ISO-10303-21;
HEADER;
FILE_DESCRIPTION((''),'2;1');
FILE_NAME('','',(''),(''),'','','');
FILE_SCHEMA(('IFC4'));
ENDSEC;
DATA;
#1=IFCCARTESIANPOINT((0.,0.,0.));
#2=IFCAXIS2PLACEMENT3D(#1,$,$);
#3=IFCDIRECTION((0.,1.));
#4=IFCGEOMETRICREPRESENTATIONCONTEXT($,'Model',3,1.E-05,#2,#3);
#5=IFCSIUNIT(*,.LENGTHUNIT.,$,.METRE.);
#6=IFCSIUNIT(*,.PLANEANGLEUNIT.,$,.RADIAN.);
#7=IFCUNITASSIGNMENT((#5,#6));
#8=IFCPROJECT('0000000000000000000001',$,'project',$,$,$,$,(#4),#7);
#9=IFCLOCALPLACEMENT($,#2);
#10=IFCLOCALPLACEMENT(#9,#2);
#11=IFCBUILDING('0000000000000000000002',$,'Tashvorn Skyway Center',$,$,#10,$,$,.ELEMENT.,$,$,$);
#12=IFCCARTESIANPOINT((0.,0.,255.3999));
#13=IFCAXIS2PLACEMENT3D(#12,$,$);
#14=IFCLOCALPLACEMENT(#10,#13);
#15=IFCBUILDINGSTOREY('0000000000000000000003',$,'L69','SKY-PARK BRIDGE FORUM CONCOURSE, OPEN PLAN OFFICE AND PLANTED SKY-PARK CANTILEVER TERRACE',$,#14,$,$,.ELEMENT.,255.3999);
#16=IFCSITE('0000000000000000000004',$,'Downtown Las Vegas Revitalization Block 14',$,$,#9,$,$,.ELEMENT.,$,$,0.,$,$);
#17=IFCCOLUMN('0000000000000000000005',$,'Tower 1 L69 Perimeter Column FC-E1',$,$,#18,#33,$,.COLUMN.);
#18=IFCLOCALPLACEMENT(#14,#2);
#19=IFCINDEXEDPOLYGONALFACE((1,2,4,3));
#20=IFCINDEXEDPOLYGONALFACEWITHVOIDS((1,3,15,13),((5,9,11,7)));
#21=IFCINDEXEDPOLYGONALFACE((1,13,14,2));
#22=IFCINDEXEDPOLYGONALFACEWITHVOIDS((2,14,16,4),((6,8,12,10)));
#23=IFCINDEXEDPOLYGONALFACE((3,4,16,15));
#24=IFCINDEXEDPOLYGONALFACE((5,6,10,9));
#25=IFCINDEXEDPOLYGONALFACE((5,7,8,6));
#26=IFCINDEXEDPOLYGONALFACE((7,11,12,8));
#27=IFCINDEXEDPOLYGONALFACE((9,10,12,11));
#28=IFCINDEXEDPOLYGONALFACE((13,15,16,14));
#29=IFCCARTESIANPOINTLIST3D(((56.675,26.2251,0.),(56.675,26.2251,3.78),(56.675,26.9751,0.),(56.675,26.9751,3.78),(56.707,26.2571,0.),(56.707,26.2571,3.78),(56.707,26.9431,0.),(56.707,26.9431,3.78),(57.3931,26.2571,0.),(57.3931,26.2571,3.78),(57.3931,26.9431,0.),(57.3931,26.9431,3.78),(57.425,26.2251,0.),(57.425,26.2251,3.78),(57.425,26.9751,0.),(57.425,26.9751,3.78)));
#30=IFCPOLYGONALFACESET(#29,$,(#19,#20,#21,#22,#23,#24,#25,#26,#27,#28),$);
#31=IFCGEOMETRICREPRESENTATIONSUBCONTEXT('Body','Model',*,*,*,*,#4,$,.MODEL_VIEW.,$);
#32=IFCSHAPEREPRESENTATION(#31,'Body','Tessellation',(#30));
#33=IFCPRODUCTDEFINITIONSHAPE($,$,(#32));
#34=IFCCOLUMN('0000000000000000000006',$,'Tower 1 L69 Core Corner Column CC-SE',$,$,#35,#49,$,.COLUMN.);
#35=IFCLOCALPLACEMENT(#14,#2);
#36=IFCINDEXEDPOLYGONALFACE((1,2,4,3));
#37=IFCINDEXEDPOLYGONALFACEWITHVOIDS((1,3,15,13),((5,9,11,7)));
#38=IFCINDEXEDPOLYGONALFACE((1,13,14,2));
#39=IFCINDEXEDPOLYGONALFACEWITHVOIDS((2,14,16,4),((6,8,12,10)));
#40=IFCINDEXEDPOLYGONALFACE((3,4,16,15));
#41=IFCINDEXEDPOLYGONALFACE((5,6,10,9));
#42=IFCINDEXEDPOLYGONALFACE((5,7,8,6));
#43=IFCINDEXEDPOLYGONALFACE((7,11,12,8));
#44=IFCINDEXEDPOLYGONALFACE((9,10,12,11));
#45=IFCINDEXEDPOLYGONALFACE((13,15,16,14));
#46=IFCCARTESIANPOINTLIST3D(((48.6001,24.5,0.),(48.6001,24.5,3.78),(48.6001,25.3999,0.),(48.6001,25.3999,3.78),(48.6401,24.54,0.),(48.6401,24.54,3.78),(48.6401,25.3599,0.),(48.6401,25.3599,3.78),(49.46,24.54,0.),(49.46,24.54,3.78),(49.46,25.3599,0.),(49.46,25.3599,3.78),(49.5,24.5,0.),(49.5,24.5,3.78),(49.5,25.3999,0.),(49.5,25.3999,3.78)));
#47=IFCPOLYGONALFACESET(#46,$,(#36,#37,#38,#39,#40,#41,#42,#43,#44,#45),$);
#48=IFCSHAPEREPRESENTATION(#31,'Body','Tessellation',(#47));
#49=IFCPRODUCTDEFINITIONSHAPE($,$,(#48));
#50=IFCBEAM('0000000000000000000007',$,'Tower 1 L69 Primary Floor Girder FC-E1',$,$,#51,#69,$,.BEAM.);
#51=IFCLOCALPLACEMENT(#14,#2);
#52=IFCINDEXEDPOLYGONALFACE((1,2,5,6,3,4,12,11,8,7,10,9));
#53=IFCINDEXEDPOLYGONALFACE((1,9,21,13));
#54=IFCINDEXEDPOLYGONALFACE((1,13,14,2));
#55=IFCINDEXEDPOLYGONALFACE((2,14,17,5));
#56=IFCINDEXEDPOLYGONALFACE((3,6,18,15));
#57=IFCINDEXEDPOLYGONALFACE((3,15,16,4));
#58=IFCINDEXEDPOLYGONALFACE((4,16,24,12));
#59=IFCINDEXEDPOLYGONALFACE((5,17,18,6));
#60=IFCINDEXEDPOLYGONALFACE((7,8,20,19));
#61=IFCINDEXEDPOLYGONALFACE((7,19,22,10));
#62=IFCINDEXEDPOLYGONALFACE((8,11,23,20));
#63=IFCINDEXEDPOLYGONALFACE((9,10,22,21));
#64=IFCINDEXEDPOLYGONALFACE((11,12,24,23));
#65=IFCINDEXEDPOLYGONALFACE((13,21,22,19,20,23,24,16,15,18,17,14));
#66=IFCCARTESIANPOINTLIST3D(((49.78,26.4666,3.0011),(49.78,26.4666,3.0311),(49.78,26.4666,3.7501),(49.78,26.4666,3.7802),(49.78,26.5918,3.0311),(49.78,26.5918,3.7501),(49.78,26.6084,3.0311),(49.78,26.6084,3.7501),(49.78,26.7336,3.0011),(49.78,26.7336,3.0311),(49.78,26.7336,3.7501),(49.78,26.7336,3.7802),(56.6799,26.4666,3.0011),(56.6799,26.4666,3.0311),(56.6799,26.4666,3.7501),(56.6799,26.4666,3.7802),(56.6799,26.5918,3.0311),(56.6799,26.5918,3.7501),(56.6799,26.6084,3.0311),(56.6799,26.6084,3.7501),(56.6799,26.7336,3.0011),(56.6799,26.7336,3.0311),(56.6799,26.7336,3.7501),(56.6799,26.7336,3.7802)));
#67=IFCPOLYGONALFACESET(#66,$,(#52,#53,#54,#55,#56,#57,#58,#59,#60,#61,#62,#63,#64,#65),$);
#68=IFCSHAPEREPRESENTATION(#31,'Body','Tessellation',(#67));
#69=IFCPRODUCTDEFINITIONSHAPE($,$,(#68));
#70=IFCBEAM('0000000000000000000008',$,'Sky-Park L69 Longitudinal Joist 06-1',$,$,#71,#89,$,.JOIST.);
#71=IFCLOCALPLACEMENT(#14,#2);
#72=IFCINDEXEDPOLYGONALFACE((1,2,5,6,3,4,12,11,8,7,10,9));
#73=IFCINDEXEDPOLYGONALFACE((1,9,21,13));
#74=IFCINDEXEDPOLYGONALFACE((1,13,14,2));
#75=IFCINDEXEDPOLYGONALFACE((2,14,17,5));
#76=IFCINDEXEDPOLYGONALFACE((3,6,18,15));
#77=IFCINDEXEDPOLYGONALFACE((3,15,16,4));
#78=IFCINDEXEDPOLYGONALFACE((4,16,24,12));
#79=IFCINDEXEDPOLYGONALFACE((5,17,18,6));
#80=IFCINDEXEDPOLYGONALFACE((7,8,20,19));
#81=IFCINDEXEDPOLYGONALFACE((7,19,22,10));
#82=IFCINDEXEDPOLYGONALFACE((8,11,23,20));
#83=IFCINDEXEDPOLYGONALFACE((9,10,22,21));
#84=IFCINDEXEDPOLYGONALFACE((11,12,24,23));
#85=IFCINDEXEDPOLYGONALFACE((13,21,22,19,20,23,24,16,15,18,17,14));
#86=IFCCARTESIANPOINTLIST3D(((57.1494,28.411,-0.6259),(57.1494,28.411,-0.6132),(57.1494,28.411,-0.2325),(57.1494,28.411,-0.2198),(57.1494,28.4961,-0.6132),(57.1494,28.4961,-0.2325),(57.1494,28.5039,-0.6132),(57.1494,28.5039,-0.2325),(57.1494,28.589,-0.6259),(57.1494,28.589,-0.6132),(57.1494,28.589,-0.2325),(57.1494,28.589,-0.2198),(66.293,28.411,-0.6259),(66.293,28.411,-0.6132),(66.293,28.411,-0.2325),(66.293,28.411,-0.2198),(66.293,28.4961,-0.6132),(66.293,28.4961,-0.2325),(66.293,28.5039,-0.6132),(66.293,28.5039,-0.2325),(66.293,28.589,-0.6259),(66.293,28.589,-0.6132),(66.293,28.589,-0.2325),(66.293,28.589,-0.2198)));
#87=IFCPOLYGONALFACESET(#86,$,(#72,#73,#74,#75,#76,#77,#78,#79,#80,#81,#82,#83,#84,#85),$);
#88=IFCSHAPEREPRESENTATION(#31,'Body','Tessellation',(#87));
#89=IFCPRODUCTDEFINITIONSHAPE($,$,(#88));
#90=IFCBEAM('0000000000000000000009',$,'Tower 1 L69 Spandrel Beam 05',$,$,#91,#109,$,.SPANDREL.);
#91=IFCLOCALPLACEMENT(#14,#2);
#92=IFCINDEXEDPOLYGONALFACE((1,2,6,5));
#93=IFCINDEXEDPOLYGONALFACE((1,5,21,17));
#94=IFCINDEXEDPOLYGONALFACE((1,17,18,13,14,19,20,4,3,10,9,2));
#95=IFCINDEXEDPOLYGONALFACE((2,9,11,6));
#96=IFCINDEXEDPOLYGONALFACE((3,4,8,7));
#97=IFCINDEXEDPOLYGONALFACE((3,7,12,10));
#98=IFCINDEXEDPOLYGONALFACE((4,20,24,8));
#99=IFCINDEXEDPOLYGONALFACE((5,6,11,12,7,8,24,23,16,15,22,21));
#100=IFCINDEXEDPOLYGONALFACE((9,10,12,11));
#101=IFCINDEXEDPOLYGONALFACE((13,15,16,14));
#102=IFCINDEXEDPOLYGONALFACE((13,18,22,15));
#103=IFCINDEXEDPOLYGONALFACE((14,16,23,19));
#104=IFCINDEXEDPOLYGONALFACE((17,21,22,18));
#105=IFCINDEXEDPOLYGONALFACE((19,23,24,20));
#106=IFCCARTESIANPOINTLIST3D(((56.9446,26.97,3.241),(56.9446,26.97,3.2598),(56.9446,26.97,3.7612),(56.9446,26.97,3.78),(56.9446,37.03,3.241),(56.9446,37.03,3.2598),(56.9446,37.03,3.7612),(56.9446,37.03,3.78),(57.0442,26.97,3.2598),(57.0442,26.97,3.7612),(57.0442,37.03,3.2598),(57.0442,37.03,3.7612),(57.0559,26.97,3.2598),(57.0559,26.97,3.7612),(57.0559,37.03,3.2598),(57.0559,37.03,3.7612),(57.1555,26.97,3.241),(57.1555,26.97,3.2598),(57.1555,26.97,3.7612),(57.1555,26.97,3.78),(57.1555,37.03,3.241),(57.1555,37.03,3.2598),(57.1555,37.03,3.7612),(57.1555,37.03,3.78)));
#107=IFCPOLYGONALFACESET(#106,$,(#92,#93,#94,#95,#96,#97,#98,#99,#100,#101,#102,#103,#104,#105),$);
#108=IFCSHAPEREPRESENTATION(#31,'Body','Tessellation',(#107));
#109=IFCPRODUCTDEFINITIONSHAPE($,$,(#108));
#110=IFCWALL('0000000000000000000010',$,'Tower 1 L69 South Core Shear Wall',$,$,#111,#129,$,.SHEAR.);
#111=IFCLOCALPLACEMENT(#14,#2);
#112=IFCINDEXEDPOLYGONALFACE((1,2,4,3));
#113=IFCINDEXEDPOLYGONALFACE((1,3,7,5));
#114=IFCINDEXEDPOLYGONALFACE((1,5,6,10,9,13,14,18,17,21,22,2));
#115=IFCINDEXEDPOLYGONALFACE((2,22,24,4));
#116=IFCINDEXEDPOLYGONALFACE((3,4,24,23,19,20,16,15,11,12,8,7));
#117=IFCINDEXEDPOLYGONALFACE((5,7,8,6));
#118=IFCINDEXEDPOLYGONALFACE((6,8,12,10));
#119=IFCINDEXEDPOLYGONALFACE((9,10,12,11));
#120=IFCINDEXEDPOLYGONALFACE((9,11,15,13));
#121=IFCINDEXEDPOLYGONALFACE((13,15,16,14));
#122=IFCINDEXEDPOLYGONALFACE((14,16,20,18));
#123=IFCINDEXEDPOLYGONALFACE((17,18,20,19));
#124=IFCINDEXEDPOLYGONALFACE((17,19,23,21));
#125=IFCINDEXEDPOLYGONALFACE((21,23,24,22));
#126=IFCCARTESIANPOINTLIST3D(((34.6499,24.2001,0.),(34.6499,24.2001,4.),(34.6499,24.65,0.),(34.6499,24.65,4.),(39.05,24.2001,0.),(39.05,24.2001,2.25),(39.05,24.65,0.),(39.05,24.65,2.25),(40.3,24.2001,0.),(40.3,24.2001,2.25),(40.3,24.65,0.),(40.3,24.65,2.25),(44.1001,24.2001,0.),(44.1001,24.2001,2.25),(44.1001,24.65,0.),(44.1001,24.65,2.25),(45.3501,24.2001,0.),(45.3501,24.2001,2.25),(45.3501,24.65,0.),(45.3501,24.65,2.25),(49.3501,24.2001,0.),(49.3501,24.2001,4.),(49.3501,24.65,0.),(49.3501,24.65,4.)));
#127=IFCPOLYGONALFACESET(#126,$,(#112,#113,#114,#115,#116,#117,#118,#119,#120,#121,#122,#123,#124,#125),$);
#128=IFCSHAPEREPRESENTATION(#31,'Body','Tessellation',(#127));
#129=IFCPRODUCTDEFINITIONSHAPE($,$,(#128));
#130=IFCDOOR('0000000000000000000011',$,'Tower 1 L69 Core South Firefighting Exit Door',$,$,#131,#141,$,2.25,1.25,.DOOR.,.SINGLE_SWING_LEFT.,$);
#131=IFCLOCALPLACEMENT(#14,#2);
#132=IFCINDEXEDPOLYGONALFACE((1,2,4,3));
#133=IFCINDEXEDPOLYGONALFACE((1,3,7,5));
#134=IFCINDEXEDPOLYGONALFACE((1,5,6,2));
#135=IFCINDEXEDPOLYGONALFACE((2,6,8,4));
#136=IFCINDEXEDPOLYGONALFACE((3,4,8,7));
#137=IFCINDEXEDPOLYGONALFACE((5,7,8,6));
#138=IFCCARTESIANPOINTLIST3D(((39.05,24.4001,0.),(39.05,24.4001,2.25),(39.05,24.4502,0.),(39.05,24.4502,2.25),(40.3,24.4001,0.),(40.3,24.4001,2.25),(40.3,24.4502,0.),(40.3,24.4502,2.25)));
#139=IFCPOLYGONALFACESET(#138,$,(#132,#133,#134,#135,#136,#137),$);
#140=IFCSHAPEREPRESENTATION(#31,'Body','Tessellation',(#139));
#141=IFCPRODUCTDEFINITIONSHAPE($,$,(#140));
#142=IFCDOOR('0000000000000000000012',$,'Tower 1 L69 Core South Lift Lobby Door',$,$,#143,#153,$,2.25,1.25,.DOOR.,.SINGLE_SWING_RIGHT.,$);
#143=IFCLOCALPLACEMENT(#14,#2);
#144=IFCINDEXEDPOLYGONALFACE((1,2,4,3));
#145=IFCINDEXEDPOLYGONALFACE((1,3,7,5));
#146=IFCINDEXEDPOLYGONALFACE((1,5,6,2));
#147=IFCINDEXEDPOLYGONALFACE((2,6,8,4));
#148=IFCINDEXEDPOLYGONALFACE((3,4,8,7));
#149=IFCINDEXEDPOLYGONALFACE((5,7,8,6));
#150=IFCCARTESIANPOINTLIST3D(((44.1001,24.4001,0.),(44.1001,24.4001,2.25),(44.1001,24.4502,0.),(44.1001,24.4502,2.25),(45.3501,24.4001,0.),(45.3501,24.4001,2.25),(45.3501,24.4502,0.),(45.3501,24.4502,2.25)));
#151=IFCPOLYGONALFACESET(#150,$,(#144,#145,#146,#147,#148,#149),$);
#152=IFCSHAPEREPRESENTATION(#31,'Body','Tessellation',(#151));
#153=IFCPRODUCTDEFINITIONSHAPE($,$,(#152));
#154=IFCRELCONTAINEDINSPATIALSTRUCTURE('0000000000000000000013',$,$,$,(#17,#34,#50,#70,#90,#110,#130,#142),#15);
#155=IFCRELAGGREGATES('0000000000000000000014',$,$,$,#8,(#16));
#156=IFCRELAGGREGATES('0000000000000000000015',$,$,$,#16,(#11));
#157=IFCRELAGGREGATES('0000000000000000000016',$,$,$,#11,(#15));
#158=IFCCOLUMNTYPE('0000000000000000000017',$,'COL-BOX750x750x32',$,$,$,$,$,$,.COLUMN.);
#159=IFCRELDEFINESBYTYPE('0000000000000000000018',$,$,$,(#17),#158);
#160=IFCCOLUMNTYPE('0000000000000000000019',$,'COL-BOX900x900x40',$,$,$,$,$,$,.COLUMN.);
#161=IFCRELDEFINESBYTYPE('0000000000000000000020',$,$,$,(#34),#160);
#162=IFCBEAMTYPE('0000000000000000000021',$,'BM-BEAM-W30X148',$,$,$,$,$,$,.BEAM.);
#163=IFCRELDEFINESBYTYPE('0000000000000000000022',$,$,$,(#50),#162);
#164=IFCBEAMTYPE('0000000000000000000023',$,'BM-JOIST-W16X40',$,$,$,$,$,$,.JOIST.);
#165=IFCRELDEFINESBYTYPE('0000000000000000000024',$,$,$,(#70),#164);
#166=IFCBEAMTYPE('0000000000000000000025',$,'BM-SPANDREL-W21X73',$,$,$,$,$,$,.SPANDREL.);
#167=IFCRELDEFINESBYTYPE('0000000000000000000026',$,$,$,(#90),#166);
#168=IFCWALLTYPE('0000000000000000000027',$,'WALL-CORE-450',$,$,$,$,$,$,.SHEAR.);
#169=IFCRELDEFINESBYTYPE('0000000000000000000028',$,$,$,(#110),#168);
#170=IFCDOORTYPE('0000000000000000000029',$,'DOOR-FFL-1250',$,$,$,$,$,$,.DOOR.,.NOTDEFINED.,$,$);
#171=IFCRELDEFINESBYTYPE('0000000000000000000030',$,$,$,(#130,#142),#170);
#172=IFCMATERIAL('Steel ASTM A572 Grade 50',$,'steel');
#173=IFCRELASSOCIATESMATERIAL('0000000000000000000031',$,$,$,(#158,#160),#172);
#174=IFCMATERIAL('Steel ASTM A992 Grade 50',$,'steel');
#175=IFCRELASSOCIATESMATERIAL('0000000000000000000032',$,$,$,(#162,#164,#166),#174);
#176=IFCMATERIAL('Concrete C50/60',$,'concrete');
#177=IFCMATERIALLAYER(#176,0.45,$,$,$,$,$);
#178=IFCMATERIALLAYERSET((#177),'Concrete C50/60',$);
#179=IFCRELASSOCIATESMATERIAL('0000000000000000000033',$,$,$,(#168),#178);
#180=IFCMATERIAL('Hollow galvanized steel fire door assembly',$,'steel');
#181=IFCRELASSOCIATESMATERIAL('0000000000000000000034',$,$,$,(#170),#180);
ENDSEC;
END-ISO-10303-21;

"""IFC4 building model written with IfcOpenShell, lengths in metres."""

from ifc_helpers import new_model, si_unit, direction, frame, frame_2d, origin, origin_2d, place, context, subcontext, project, spatial, rectangle, hollow_rectangle, i_section, extrude, material, layer, layer_set, material_profile, profile_set, type_object, element, fill, save


model = new_model("IFC4")

# Units and contexts
model_context = context("Model", 3, precision=1e-05, world=origin(), true_north=direction((0.0, 1.0)))
body_context = subcontext(model_context, "Body", "Model", "MODEL_VIEW")
ifc_project = project(units=[si_unit("LENGTHUNIT", "METRE"), si_unit("PLANEANGLEUNIT", "RADIAN")], contexts=[model_context])

# Site, building, storey
site_placement = place(None, origin())
site = spatial("IfcSite", under=ifc_project, at=site_placement, Name="Downtown Las Vegas Revitalization Block 14", CompositionType="ELEMENT", RefElevation=0.0)
building_placement = place(site_placement, origin())
building = spatial("IfcBuilding", under=site, at=building_placement, Name="Tashvorn Skyway Center", CompositionType="ELEMENT")
storey_placement = place(building_placement, frame((0.0, 0.0, 255.3999)))
storey = spatial("IfcBuildingStorey", under=building, at=storey_placement, Name="L69", Description="SKY-PARK BRIDGE FORUM CONCOURSE, OPEN PLAN OFFICE AND PLANTED SKY-PARK CANTILEVER TERRACE", CompositionType="ELEMENT", Elevation=255.3999)

# Columns
ifc_material_1 = material(Name="Steel ASTM A572 Grade 50", Category="steel")
ifc_material_profile_1 = material_profile(ifc_material_1, hollow_rectangle(XDim=0.75, YDim=0.75, WallThickness=0.032, at=origin_2d()), Name="BOX750x750x32")
ifc_profile_set_1 = profile_set([ifc_material_profile_1], Name="Steel ASTM A572 Grade 50")
column_type_1 = type_object("IfcColumnType", Name="COL-BOX750x750x32", PredefinedType="COLUMN", material=ifc_profile_set_1)
column_1_placement = place(storey_placement, frame((57.05, 26.6001, 0.0), z_axis=(0.0, 0.0, 1.0), x_axis=(1.0, 0.0, 0.0)))
element("IfcColumn", 1, at=column_1_placement, inside=storey, type_object=column_type_1, Name="Tower 1 L69 Perimeter Column FC-E1", PredefinedType="COLUMN", context=body_context, shape_type="SweptSolid", body=[
    extrude(hollow_rectangle(XDim=0.75, YDim=0.75, WallThickness=0.032, at=origin_2d()), origin(), (0.0, 0.0, 1.0), 3.78),
])
ifc_material_profile_2 = material_profile(ifc_material_1, hollow_rectangle(XDim=0.8999, YDim=0.8999, WallThickness=0.04, at=origin_2d()), Name="BOX900x900x40")
ifc_profile_set_2 = profile_set([ifc_material_profile_2], Name="Steel ASTM A572 Grade 50")
column_type_2 = type_object("IfcColumnType", Name="COL-BOX900x900x40", PredefinedType="COLUMN", material=ifc_profile_set_2)
column_2_placement = place(storey_placement, frame((49.05, 24.95, 0.0), z_axis=(0.0, 0.0, 1.0), x_axis=(1.0, 0.0, 0.0)))
element("IfcColumn", 2, at=column_2_placement, inside=storey, type_object=column_type_2, Name="Tower 1 L69 Core Corner Column CC-SE", PredefinedType="COLUMN", context=body_context, shape_type="SweptSolid", body=[
    extrude(hollow_rectangle(XDim=0.8999, YDim=0.8999, WallThickness=0.04, at=origin_2d()), origin(), (0.0, 0.0, 1.0), 3.78),
])

# Beams
ifc_material_2 = material(Name="Steel ASTM A992 Grade 50", Category="steel")
ifc_material_profile_3 = material_profile(ifc_material_2, i_section(OverallWidth=0.2671, OverallDepth=0.7791, WebThickness=0.0166, FlangeThickness=0.03, at=origin_2d()), Name="W30X148")
ifc_profile_set_3 = profile_set([ifc_material_profile_3], Name="Steel ASTM A992 Grade 50")
beam_type_1 = type_object("IfcBeamType", Name="BM-BEAM-W30X148", PredefinedType="BEAM", material=ifc_profile_set_3)
beam_1_placement = place(storey_placement, frame((56.6799, 26.6001, 3.3906), z_axis=(-1.0, 0.0, 0.0), x_axis=(0.0, -1.0, 0.0)))
element("IfcBeam", 3, at=beam_1_placement, inside=storey, type_object=beam_type_1, Name="Tower 1 L69 Primary Floor Girder FC-E1", PredefinedType="BEAM", context=body_context, shape_type="SweptSolid", body=[
    extrude(i_section(OverallWidth=0.2671, OverallDepth=0.7791, WebThickness=0.0166, FlangeThickness=0.03, at=origin_2d()), origin(), (0.0, 0.0, 1.0), 6.8999),
])
ifc_material_profile_4 = material_profile(ifc_material_2, i_section(OverallWidth=0.178, OverallDepth=0.406, WebThickness=0.0078, FlangeThickness=0.0127, at=origin_2d()), Name="W16X40")
ifc_profile_set_4 = profile_set([ifc_material_profile_4], Name="Steel ASTM A992 Grade 50")
beam_type_2 = type_object("IfcBeamType", Name="BM-JOIST-W16X40", PredefinedType="JOIST", material=ifc_profile_set_4)
beam_2_placement = place(storey_placement, frame((57.1494, 28.5, -0.4229), z_axis=(1.0, 0.0, 0.0), x_axis=(0.0, 1.0, 0.0)))
element("IfcBeam", 4, at=beam_2_placement, inside=storey, type_object=beam_type_2, Name="Sky-Park L69 Longitudinal Joist 06-1", PredefinedType="JOIST", context=body_context, shape_type="SweptSolid", body=[
    extrude(i_section(OverallWidth=0.178, OverallDepth=0.406, WebThickness=0.0078, FlangeThickness=0.0127, at=origin_2d()), origin(), (0.0, 0.0, 1.0), 9.1436),
])
ifc_material_profile_5 = material_profile(ifc_material_2, i_section(OverallWidth=0.2109, OverallDepth=0.5391, WebThickness=0.0117, FlangeThickness=0.0188, at=origin_2d()), Name="W21X73")
ifc_profile_set_5 = profile_set([ifc_material_profile_5], Name="Steel ASTM A992 Grade 50")
beam_type_3 = type_object("IfcBeamType", Name="BM-SPANDREL-W21X73", PredefinedType="SPANDREL", material=ifc_profile_set_5)
beam_3_placement = place(storey_placement, frame((57.05, 26.97, 3.5105), z_axis=(0.0, 1.0, 0.0), x_axis=(-1.0, 0.0, 0.0)))
element("IfcBeam", 5, at=beam_3_placement, inside=storey, type_object=beam_type_3, Name="Tower 1 L69 Spandrel Beam 05", PredefinedType="SPANDREL", context=body_context, shape_type="SweptSolid", body=[
    extrude(i_section(OverallWidth=0.2109, OverallDepth=0.5391, WebThickness=0.0117, FlangeThickness=0.0188, at=origin_2d()), origin(), (0.0, 0.0, 1.0), 10.0601),
])

# Wall, openings, doors
ifc_material_3 = material(Name="Concrete C50/60", Category="concrete")
ifc_layer_1 = layer(ifc_material_3, 0.45)
ifc_layer_set_1 = layer_set([ifc_layer_1], Name="Concrete C50/60")
wall_type_1 = type_object("IfcWallType", Name="WALL-CORE-450", PredefinedType="SHEAR", material=ifc_layer_set_1)
wall_1_placement = place(storey_placement, frame((49.3501, 24.425, 0.0), z_axis=(0.0, 0.0, 1.0), x_axis=(-1.0, 0.0, 0.0)))
wall_1 = element("IfcWall", 6, at=wall_1_placement, inside=storey, type_object=wall_type_1, Name="Tower 1 L69 South Core Shear Wall", PredefinedType="SHEAR", context=body_context, shape_type="SweptSolid", body=[
    extrude(rectangle(XDim=14.7002, YDim=0.45, at=frame_2d((7.3501, 0.0))), origin(), (0.0, 0.0, 1.0), 4.0),
])
opening_1_placement = place(wall_1_placement, frame((9.05, 0.0, 0.0)))
opening_1 = element("IfcOpeningElement", 7, at=opening_1_placement, cuts=wall_1, PredefinedType="OPENING", context=body_context, shape_type="SweptSolid", body=[
    extrude(rectangle(XDim=1.25, YDim=2.25, at=frame_2d((0.625, 1.125))), frame((0.0, 0.2349, 0.0), z_axis=(0.0, -1.0, 0.0), x_axis=(1.0, 0.0, 0.0)), (0.0, 0.0, 1.0), 0.47),
])
opening_2_placement = place(wall_1_placement, frame((4.0, 0.0, 0.0)))
opening_2 = element("IfcOpeningElement", 8, at=opening_2_placement, cuts=wall_1, PredefinedType="OPENING", context=body_context, shape_type="SweptSolid", body=[
    extrude(rectangle(XDim=1.25, YDim=2.25, at=frame_2d((0.625, 1.125))), frame((0.0, 0.2349, 0.0), z_axis=(0.0, -1.0, 0.0), x_axis=(1.0, 0.0, 0.0)), (0.0, 0.0, 1.0), 0.47),
])
ifc_material_4 = material(Name="Hollow galvanized steel fire door assembly", Category="steel")
door_type_1 = type_object("IfcDoorType", Name="DOOR-FFL-1250", OperationType="NOTDEFINED", PredefinedType="DOOR", material=ifc_material_4)
door_1_placement = place(opening_1_placement, origin())
door_1 = element("IfcDoor", 9, at=door_1_placement, inside=storey, type_object=door_type_1, Name="Tower 1 L69 Core South Firefighting Exit Door", OperationType="SINGLE_SWING_LEFT", OverallHeight=2.25, OverallWidth=1.25, PredefinedType="DOOR", context=body_context, shape_type="SweptSolid", body=[
    extrude(rectangle(XDim=1.25, YDim=2.25, at=frame_2d((0.625, 1.125))), frame((0.0, 0.0249, 0.0), z_axis=(0.0, -1.0, 0.0), x_axis=(1.0, 0.0, 0.0)), (0.0, 0.0, 1.0), 0.05),
])
fill(opening_1, door_1)
door_2_placement = place(opening_2_placement, origin())
door_2 = element("IfcDoor", 10, at=door_2_placement, inside=storey, type_object=door_type_1, Name="Tower 1 L69 Core South Lift Lobby Door", OperationType="SINGLE_SWING_RIGHT", OverallHeight=2.25, OverallWidth=1.25, PredefinedType="DOOR", context=body_context, shape_type="SweptSolid", body=[
    extrude(rectangle(XDim=1.25, YDim=2.25, at=frame_2d((0.625, 1.125))), frame((0.0, 0.0249, 0.0), z_axis=(0.0, -1.0, 0.0), x_axis=(1.0, 0.0, 0.0)), (0.0, 0.0, 1.0), 0.05),
])
fill(opening_2, door_2)

save(model, "model.ifc")
